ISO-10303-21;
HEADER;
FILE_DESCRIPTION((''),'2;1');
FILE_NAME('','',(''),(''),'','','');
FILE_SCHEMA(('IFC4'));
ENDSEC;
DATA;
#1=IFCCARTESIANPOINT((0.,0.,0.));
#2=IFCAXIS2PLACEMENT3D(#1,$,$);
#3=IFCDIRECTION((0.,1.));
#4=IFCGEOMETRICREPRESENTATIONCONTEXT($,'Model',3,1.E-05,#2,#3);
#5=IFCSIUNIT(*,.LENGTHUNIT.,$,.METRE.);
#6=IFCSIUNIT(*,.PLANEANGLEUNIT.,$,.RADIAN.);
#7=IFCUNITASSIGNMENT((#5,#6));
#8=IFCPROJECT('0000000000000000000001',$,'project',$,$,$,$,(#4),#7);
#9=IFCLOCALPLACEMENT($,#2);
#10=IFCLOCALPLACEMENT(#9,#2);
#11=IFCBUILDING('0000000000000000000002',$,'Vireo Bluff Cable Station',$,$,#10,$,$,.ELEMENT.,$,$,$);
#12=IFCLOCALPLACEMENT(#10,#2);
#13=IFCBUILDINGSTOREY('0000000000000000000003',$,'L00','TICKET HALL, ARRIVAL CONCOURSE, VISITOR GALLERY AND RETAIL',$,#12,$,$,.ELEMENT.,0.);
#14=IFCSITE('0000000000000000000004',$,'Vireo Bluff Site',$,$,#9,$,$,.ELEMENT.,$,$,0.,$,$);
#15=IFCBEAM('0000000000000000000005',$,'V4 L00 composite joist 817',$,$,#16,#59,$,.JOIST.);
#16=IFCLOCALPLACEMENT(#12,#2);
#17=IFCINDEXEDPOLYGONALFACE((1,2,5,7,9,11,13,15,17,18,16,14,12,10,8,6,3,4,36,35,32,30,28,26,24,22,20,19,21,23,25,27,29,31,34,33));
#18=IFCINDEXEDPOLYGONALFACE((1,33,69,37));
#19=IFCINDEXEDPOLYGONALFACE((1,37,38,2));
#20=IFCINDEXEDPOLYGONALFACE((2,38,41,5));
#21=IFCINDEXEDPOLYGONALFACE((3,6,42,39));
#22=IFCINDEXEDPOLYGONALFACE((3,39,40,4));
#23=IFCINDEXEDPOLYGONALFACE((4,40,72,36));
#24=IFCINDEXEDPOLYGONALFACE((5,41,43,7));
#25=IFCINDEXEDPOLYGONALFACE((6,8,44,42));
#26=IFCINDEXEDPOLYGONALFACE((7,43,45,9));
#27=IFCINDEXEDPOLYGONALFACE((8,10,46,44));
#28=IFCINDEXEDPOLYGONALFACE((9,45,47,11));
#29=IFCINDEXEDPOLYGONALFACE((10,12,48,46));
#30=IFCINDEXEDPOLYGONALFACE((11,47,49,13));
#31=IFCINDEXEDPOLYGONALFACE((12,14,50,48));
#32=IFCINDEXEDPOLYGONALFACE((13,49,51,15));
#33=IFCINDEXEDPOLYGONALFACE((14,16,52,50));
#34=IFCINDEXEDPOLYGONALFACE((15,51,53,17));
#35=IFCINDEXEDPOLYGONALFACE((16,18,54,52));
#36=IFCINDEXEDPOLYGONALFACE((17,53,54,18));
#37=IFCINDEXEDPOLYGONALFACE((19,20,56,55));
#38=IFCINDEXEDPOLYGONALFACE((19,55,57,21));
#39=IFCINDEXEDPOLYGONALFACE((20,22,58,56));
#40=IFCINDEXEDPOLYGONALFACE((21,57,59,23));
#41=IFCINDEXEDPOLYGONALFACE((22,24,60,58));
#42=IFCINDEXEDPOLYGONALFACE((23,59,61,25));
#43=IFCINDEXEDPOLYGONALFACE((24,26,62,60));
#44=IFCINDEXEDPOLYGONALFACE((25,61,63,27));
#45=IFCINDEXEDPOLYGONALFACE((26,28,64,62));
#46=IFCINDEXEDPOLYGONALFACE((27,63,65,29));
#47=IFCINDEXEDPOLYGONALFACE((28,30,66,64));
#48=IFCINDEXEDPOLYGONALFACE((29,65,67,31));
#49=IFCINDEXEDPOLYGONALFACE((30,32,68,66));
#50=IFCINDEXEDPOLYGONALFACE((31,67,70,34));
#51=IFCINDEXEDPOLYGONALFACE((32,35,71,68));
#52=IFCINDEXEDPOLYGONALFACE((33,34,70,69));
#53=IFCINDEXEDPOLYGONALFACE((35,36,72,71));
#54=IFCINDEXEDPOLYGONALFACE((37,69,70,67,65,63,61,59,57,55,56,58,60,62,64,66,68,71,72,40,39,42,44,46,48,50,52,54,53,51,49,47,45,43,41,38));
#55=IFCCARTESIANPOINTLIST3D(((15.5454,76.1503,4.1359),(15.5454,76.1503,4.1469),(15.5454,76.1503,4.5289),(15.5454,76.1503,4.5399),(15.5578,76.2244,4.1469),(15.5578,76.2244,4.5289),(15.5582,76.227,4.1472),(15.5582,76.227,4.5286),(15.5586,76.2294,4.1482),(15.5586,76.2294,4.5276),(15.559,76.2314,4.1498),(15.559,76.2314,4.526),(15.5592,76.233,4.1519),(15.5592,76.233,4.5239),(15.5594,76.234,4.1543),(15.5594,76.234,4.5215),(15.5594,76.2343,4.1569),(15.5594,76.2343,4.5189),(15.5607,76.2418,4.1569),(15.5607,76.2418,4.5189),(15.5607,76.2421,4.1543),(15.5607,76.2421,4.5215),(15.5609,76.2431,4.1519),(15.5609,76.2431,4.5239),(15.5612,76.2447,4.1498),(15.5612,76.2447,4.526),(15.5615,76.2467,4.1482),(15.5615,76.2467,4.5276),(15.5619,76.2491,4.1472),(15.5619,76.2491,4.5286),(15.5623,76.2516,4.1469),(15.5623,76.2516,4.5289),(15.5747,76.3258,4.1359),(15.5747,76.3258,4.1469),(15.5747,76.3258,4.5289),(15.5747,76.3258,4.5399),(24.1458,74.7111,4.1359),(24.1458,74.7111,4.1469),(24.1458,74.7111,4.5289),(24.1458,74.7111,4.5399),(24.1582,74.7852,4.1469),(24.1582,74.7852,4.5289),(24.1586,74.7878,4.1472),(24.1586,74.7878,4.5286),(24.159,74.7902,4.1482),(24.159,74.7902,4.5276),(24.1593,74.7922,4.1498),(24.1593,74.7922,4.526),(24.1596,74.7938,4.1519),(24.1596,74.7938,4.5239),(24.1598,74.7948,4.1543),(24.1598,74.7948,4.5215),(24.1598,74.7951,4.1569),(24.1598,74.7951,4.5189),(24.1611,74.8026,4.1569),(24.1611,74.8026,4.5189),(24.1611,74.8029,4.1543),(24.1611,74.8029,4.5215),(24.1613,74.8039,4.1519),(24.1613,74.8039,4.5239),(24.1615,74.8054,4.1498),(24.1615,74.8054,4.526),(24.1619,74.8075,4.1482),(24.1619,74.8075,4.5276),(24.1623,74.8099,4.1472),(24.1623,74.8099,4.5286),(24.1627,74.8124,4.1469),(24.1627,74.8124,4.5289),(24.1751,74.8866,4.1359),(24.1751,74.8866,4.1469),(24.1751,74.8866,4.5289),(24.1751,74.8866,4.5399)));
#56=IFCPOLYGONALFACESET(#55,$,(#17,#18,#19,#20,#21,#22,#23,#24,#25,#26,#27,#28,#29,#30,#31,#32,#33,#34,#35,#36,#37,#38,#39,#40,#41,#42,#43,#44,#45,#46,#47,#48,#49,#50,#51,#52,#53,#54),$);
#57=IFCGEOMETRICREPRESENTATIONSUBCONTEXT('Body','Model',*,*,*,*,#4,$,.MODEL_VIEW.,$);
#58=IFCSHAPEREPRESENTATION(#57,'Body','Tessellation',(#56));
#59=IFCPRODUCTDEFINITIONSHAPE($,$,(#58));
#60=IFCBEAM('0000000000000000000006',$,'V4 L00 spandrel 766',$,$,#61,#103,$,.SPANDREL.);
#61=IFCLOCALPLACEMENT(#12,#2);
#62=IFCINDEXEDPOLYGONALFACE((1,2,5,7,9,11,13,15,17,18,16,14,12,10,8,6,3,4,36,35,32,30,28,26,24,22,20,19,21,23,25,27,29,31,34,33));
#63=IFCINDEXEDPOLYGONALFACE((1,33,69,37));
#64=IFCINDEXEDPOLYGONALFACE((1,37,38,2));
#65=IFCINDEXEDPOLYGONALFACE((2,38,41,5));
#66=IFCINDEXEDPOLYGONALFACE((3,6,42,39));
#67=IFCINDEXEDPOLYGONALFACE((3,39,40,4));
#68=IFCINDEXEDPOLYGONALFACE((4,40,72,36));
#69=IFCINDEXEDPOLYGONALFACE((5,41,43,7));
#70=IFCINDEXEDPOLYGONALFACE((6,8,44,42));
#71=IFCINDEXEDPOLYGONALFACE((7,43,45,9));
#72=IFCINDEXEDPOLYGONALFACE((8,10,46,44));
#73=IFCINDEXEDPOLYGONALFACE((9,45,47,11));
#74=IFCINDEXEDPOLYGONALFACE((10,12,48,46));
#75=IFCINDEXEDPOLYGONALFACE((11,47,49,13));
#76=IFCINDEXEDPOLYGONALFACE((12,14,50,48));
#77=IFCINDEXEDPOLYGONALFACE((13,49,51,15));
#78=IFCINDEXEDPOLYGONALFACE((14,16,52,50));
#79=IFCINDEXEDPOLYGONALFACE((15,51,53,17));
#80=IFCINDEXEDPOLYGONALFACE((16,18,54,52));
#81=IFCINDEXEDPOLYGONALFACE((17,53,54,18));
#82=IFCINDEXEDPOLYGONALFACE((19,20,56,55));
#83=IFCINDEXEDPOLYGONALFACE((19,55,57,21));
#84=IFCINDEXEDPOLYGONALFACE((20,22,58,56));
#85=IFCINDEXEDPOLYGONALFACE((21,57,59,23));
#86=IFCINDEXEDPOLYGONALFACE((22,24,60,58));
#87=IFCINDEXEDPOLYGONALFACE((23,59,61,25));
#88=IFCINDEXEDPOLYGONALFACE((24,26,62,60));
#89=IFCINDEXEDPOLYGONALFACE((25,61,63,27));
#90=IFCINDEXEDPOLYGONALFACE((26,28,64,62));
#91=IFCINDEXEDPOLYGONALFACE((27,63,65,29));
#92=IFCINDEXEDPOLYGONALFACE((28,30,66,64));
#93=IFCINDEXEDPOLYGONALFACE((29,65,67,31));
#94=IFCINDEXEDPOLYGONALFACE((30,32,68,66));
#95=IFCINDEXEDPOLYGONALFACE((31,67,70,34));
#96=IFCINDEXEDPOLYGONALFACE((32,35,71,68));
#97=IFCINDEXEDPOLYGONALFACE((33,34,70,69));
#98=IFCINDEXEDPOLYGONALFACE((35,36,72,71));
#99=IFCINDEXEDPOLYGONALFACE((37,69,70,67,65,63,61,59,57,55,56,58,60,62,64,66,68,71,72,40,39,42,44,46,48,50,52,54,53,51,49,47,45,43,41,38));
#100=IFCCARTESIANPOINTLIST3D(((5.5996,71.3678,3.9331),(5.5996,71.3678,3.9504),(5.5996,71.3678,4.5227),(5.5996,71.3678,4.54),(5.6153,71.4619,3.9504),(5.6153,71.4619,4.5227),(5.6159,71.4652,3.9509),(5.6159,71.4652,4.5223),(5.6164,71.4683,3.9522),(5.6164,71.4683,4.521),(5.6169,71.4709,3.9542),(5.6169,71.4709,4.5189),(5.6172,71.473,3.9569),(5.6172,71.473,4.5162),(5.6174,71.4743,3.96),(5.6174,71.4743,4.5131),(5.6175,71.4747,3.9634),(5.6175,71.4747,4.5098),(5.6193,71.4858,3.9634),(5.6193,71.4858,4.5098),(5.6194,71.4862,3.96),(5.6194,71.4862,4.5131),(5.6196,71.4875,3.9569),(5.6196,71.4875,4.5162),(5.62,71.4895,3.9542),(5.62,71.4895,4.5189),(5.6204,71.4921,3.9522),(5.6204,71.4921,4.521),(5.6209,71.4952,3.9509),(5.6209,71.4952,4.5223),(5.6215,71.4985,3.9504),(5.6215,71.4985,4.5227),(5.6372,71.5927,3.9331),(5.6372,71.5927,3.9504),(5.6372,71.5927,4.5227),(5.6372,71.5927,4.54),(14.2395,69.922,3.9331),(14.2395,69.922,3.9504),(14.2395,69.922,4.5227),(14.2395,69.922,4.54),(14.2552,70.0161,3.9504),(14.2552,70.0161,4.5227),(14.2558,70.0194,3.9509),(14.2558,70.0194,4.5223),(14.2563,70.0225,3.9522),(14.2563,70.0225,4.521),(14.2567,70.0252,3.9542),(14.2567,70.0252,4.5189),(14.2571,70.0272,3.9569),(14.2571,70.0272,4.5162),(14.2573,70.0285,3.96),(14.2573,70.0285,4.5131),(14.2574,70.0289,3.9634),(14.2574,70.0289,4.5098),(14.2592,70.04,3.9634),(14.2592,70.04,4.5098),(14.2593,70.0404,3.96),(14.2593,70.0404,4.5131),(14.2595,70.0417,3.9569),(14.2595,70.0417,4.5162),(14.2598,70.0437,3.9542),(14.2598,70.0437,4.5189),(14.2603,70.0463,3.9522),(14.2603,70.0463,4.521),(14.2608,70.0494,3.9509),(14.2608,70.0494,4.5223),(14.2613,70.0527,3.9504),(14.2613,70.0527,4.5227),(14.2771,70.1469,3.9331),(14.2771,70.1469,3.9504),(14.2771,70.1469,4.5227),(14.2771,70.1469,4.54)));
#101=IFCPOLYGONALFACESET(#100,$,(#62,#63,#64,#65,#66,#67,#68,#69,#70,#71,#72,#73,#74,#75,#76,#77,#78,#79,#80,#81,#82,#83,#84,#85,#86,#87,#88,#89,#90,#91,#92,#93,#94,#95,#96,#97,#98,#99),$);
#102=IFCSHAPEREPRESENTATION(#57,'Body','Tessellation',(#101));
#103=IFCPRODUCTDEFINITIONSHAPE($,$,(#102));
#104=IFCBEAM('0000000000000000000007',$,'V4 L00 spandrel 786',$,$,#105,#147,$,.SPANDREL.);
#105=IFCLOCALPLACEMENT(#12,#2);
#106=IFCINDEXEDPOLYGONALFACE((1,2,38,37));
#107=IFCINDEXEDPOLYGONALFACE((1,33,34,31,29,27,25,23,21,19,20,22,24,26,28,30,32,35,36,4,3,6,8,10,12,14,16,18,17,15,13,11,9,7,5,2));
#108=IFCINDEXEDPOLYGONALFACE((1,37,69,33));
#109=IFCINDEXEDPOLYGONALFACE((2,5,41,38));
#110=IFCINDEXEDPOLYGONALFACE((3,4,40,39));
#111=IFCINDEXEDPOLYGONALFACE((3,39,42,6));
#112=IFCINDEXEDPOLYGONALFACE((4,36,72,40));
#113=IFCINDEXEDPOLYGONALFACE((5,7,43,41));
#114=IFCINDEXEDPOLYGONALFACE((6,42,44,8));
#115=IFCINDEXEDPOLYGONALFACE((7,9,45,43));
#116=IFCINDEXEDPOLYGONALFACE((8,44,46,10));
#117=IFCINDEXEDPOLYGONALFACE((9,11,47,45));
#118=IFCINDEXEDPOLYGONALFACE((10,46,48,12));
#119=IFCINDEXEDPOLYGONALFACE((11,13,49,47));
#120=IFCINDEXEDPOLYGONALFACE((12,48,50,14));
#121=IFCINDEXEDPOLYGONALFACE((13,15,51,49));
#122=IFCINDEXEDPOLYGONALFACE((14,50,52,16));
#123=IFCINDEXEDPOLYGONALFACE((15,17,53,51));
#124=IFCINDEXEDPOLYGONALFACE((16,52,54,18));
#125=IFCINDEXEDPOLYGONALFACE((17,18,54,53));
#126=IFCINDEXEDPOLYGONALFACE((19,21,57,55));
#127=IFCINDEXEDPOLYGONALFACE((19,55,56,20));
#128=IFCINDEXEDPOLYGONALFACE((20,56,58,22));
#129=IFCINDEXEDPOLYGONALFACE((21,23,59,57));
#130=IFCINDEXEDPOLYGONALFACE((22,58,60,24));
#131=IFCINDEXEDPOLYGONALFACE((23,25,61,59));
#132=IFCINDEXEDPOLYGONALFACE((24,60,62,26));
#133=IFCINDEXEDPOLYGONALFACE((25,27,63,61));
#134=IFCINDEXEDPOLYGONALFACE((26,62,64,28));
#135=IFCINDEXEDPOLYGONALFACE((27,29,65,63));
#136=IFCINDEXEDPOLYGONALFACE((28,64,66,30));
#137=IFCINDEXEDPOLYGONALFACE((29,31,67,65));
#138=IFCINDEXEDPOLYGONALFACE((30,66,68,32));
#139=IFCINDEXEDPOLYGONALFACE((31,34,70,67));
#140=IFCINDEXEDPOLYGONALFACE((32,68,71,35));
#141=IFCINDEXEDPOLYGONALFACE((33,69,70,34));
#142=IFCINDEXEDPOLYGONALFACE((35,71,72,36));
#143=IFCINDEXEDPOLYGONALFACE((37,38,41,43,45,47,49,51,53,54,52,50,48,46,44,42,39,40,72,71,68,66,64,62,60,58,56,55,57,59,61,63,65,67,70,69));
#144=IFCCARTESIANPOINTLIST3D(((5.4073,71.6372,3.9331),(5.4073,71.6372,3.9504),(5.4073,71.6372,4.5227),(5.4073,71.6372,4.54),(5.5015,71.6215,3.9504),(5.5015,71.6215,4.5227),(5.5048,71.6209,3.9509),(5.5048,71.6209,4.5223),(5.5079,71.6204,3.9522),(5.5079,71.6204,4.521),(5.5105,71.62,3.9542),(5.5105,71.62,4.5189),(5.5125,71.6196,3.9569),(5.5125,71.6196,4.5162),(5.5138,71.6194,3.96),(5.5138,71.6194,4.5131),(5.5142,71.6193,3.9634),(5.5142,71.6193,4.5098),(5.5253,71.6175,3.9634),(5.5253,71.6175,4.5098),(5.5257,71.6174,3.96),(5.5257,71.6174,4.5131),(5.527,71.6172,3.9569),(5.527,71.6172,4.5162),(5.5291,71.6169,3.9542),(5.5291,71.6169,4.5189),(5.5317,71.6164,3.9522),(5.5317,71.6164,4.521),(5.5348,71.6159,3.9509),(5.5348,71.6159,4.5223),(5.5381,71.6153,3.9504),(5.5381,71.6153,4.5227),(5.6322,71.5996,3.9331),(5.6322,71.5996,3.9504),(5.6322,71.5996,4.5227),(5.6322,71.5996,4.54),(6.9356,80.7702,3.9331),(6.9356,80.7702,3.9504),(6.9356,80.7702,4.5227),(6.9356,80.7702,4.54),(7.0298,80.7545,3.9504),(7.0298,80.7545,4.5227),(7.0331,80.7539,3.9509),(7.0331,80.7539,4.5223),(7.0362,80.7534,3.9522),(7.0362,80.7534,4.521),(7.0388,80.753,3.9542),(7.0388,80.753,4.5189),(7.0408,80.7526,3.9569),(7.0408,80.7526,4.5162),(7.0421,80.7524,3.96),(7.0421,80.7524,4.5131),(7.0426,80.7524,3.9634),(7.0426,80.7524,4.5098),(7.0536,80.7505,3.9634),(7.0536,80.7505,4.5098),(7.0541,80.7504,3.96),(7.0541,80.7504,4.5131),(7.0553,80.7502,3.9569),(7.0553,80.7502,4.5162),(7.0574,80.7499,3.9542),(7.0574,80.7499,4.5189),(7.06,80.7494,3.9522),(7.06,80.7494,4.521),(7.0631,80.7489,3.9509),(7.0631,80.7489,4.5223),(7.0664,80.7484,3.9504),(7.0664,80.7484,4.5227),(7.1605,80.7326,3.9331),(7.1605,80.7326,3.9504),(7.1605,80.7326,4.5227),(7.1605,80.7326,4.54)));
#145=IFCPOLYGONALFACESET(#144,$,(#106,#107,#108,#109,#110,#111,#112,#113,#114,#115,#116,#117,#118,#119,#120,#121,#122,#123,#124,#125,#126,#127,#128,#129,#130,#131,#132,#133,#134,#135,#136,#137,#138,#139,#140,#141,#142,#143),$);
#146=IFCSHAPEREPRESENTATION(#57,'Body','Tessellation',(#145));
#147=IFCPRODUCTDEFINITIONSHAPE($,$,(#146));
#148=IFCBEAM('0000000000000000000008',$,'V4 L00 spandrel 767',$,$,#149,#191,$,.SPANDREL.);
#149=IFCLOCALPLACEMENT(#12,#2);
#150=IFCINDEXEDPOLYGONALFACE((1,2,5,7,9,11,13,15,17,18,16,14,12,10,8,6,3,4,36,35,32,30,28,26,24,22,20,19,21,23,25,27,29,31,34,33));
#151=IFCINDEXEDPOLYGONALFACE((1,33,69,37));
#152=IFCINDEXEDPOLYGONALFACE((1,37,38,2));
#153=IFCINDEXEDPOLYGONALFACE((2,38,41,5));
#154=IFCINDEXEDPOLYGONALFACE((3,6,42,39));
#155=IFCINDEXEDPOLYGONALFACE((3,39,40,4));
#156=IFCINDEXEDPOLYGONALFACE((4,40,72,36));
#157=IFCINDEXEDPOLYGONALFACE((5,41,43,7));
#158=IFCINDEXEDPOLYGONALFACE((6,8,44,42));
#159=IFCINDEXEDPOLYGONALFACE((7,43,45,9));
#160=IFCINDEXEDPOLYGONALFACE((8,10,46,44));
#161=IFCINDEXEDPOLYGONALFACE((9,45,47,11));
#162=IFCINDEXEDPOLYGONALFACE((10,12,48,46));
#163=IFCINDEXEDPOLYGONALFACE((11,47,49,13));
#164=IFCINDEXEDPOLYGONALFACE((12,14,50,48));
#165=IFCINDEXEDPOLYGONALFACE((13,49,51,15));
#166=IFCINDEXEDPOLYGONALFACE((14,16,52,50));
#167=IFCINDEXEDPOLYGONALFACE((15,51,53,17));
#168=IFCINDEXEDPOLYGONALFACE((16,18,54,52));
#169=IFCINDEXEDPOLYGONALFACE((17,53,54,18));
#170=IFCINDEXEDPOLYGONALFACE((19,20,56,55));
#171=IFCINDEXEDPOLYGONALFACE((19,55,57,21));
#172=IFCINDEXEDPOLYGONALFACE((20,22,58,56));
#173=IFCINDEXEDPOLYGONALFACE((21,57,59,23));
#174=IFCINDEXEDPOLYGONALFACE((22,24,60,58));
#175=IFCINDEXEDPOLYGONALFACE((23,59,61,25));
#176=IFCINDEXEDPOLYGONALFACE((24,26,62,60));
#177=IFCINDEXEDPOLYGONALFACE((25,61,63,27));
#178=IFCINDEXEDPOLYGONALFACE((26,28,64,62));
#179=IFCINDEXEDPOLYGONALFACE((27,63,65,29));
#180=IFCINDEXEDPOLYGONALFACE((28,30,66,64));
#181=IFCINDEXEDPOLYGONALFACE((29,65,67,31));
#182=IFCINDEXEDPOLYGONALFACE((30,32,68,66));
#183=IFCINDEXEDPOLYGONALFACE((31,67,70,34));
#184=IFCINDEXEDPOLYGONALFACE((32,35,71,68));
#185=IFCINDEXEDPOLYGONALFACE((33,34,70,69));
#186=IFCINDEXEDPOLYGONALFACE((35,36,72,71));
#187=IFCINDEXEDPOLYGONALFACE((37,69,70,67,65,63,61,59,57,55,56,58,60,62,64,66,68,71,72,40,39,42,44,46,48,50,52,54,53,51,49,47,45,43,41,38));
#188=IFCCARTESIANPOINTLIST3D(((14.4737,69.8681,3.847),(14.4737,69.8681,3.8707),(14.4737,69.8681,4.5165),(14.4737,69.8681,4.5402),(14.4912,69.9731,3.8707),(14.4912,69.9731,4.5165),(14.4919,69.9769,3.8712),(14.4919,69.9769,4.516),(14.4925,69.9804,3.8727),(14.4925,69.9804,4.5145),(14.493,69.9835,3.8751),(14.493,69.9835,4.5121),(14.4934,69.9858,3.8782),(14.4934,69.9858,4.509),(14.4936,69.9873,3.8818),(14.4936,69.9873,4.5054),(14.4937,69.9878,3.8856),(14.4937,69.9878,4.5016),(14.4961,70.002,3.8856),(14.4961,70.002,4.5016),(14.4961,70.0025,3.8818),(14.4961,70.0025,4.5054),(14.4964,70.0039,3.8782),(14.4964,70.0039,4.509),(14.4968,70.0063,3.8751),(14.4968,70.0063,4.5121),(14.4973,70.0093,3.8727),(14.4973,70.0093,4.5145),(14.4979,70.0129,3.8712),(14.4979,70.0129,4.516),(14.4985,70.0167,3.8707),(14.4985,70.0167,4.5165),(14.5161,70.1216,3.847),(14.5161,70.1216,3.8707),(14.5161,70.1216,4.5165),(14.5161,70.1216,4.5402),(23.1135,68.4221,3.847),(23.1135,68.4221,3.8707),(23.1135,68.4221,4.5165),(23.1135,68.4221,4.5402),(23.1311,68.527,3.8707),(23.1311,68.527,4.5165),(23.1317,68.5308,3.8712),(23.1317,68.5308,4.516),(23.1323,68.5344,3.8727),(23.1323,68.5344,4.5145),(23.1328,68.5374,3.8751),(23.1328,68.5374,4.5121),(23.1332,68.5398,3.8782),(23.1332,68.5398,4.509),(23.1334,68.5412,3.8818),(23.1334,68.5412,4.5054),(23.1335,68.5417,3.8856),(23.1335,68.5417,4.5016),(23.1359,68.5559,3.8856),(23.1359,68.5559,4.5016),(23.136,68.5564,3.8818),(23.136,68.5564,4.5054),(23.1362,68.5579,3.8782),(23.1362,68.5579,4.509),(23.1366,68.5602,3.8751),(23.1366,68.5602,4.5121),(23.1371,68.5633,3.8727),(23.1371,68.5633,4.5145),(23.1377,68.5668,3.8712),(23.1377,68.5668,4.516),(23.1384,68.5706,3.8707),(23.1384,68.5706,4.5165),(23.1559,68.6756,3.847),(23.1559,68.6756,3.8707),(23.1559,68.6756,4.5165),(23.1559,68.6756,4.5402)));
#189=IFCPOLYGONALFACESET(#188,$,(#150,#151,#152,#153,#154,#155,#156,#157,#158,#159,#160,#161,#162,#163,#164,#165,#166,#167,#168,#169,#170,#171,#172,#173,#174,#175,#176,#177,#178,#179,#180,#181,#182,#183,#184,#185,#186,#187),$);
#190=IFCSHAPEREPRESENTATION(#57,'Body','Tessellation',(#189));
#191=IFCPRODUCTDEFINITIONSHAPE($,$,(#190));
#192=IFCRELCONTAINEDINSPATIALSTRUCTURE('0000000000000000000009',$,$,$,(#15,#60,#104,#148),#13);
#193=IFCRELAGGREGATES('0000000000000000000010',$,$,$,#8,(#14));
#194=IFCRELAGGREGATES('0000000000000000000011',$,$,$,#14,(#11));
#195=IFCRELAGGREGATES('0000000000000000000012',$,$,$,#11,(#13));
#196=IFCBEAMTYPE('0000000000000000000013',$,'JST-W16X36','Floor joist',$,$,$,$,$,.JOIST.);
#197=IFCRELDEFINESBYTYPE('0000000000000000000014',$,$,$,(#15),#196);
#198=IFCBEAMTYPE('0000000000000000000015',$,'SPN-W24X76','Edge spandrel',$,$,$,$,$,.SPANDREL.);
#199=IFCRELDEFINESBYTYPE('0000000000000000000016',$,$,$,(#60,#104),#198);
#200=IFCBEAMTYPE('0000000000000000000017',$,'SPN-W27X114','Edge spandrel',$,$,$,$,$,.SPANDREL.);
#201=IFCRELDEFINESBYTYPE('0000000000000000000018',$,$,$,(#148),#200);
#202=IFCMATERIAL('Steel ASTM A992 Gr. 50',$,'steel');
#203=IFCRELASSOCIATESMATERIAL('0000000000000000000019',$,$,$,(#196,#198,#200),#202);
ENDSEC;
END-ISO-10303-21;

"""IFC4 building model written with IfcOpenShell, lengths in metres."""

from ifc_helpers import new_model, si_unit, direction, frame, origin, origin_2d, place, context, subcontext, project, spatial, i_section, extrude, material, material_profile, profile_set, type_object, element, save


model = new_model("IFC4")

# Units and contexts
model_context = context("Model", 3, precision=1e-05, world=origin(), true_north=direction((0.0, 1.0)))
body_context = subcontext(model_context, "Body", "Model", "MODEL_VIEW")
ifc_project = project(units=[si_unit("LENGTHUNIT", "METRE"), si_unit("PLANEANGLEUNIT", "RADIAN")], contexts=[model_context])

# Site, building, storey
site_placement = place(None, origin())
site = spatial("IfcSite", under=ifc_project, at=site_placement, Name="Vireo Bluff Site", CompositionType="ELEMENT", RefElevation=0.0)
building_placement = place(site_placement, origin())
building = spatial("IfcBuilding", under=site, at=building_placement, Name="Vireo Bluff Cable Station", CompositionType="ELEMENT")
storey_placement = place(building_placement, origin())
storey = spatial("IfcBuildingStorey", under=building, at=storey_placement, Name="L00", Description="TICKET HALL, ARRIVAL CONCOURSE, VISITOR GALLERY AND RETAIL", CompositionType="ELEMENT", Elevation=0.0)

# Shared definitions
ifc_material_1 = material(Name="Steel ASTM A992 Gr. 50", Category="steel")

# Beams
ifc_material_profile_1 = material_profile(ifc_material_1, i_section(OverallWidth=0.178, OverallDepth=0.4041, WebThickness=0.0076, FlangeThickness=0.011, FilletRadius=0.01, at=origin_2d()), Name="W16X36")
ifc_profile_set_1 = profile_set([ifc_material_profile_1], Name="Steel ASTM A992 Gr. 50")
beam_type_1 = type_object("IfcBeamType", Name="JST-W16X36", Description="Floor joist", PredefinedType="JOIST", material=ifc_profile_set_1)
beam_1_placement = place(storey_placement, frame((15.5601, 76.238, 4.3379), z_axis=(0.986286, -0.165048, 0.0), x_axis=(0.165048, 0.986286, 0.0)))
element("IfcBeam", 1, at=beam_1_placement, inside=storey, type_object=beam_type_1, Name="V4 L00 composite joist 817", PredefinedType="JOIST", context=body_context, shape_type="SweptSolid", body=[
    extrude(i_section(OverallWidth=0.178, OverallDepth=0.4041, WebThickness=0.0076, FlangeThickness=0.011, FilletRadius=0.01, at=origin_2d()), origin(), (0.0, 0.0, 1.0), 8.72),
])
ifc_material_profile_2 = material_profile(ifc_material_1, i_section(OverallWidth=0.228, OverallDepth=0.6069, WebThickness=0.0112, FlangeThickness=0.0173, FilletRadius=0.0129, at=origin_2d()), Name="W24X76")
ifc_profile_set_2 = profile_set([ifc_material_profile_2], Name="Steel ASTM A992 Gr. 50")
beam_type_2 = type_object("IfcBeamType", Name="SPN-W24X76", Description="Edge spandrel", PredefinedType="SPANDREL", material=ifc_profile_set_2)
beam_2_placement = place(storey_placement, frame((5.6184, 71.4802, 4.2366), z_axis=(0.986286, -0.165045, 0.0), x_axis=(0.165045, 0.986286, 0.0)))
element("IfcBeam", 2, at=beam_2_placement, inside=storey, type_object=beam_type_2, Name="V4 L00 spandrel 766", PredefinedType="SPANDREL", context=body_context, shape_type="SweptSolid", body=[
    extrude(i_section(OverallWidth=0.228, OverallDepth=0.6069, WebThickness=0.0112, FlangeThickness=0.0173, FilletRadius=0.0129, at=origin_2d()), origin(), (0.0, 0.0, 1.0), 8.76),
])
beam_3_placement = place(storey_placement, frame((5.5198, 71.6184, 4.2366), z_axis=(0.165045, 0.986286, 0.0), x_axis=(-0.986286, 0.165045, 0.0)))
element("IfcBeam", 3, at=beam_3_placement, inside=storey, type_object=beam_type_2, Name="V4 L00 spandrel 786", PredefinedType="SPANDREL", context=body_context, shape_type="SweptSolid", body=[
    extrude(i_section(OverallWidth=0.228, OverallDepth=0.6069, WebThickness=0.0112, FlangeThickness=0.0173, FilletRadius=0.0129, at=origin_2d()), origin(), (0.0, 0.0, 1.0), 9.26),
])
ifc_material_profile_3 = material_profile(ifc_material_1, i_section(OverallWidth=0.2571, OverallDepth=0.6931, WebThickness=0.0144, FlangeThickness=0.0237, FilletRadius=0.0149, at=origin_2d()), Name="W27X114")
ifc_profile_set_3 = profile_set([ifc_material_profile_3], Name="Steel ASTM A992 Gr. 50")
beam_type_3 = type_object("IfcBeamType", Name="SPN-W27X114", Description="Edge spandrel", PredefinedType="SPANDREL", material=ifc_profile_set_3)
beam_4_placement = place(storey_placement, frame((14.4949, 69.9949, 4.1936), z_axis=(0.986281, -0.165072, 0.0), x_axis=(0.165072, 0.986281, 0.0)))
element("IfcBeam", 4, at=beam_4_placement, inside=storey, type_object=beam_type_3, Name="V4 L00 spandrel 767", PredefinedType="SPANDREL", context=body_context, shape_type="SweptSolid", body=[
    extrude(i_section(OverallWidth=0.2571, OverallDepth=0.6931, WebThickness=0.0144, FlangeThickness=0.0237, FilletRadius=0.0149, at=origin_2d()), origin(), (0.0, 0.0, 1.0), 8.76),
])

save(model, "model.ifc")
